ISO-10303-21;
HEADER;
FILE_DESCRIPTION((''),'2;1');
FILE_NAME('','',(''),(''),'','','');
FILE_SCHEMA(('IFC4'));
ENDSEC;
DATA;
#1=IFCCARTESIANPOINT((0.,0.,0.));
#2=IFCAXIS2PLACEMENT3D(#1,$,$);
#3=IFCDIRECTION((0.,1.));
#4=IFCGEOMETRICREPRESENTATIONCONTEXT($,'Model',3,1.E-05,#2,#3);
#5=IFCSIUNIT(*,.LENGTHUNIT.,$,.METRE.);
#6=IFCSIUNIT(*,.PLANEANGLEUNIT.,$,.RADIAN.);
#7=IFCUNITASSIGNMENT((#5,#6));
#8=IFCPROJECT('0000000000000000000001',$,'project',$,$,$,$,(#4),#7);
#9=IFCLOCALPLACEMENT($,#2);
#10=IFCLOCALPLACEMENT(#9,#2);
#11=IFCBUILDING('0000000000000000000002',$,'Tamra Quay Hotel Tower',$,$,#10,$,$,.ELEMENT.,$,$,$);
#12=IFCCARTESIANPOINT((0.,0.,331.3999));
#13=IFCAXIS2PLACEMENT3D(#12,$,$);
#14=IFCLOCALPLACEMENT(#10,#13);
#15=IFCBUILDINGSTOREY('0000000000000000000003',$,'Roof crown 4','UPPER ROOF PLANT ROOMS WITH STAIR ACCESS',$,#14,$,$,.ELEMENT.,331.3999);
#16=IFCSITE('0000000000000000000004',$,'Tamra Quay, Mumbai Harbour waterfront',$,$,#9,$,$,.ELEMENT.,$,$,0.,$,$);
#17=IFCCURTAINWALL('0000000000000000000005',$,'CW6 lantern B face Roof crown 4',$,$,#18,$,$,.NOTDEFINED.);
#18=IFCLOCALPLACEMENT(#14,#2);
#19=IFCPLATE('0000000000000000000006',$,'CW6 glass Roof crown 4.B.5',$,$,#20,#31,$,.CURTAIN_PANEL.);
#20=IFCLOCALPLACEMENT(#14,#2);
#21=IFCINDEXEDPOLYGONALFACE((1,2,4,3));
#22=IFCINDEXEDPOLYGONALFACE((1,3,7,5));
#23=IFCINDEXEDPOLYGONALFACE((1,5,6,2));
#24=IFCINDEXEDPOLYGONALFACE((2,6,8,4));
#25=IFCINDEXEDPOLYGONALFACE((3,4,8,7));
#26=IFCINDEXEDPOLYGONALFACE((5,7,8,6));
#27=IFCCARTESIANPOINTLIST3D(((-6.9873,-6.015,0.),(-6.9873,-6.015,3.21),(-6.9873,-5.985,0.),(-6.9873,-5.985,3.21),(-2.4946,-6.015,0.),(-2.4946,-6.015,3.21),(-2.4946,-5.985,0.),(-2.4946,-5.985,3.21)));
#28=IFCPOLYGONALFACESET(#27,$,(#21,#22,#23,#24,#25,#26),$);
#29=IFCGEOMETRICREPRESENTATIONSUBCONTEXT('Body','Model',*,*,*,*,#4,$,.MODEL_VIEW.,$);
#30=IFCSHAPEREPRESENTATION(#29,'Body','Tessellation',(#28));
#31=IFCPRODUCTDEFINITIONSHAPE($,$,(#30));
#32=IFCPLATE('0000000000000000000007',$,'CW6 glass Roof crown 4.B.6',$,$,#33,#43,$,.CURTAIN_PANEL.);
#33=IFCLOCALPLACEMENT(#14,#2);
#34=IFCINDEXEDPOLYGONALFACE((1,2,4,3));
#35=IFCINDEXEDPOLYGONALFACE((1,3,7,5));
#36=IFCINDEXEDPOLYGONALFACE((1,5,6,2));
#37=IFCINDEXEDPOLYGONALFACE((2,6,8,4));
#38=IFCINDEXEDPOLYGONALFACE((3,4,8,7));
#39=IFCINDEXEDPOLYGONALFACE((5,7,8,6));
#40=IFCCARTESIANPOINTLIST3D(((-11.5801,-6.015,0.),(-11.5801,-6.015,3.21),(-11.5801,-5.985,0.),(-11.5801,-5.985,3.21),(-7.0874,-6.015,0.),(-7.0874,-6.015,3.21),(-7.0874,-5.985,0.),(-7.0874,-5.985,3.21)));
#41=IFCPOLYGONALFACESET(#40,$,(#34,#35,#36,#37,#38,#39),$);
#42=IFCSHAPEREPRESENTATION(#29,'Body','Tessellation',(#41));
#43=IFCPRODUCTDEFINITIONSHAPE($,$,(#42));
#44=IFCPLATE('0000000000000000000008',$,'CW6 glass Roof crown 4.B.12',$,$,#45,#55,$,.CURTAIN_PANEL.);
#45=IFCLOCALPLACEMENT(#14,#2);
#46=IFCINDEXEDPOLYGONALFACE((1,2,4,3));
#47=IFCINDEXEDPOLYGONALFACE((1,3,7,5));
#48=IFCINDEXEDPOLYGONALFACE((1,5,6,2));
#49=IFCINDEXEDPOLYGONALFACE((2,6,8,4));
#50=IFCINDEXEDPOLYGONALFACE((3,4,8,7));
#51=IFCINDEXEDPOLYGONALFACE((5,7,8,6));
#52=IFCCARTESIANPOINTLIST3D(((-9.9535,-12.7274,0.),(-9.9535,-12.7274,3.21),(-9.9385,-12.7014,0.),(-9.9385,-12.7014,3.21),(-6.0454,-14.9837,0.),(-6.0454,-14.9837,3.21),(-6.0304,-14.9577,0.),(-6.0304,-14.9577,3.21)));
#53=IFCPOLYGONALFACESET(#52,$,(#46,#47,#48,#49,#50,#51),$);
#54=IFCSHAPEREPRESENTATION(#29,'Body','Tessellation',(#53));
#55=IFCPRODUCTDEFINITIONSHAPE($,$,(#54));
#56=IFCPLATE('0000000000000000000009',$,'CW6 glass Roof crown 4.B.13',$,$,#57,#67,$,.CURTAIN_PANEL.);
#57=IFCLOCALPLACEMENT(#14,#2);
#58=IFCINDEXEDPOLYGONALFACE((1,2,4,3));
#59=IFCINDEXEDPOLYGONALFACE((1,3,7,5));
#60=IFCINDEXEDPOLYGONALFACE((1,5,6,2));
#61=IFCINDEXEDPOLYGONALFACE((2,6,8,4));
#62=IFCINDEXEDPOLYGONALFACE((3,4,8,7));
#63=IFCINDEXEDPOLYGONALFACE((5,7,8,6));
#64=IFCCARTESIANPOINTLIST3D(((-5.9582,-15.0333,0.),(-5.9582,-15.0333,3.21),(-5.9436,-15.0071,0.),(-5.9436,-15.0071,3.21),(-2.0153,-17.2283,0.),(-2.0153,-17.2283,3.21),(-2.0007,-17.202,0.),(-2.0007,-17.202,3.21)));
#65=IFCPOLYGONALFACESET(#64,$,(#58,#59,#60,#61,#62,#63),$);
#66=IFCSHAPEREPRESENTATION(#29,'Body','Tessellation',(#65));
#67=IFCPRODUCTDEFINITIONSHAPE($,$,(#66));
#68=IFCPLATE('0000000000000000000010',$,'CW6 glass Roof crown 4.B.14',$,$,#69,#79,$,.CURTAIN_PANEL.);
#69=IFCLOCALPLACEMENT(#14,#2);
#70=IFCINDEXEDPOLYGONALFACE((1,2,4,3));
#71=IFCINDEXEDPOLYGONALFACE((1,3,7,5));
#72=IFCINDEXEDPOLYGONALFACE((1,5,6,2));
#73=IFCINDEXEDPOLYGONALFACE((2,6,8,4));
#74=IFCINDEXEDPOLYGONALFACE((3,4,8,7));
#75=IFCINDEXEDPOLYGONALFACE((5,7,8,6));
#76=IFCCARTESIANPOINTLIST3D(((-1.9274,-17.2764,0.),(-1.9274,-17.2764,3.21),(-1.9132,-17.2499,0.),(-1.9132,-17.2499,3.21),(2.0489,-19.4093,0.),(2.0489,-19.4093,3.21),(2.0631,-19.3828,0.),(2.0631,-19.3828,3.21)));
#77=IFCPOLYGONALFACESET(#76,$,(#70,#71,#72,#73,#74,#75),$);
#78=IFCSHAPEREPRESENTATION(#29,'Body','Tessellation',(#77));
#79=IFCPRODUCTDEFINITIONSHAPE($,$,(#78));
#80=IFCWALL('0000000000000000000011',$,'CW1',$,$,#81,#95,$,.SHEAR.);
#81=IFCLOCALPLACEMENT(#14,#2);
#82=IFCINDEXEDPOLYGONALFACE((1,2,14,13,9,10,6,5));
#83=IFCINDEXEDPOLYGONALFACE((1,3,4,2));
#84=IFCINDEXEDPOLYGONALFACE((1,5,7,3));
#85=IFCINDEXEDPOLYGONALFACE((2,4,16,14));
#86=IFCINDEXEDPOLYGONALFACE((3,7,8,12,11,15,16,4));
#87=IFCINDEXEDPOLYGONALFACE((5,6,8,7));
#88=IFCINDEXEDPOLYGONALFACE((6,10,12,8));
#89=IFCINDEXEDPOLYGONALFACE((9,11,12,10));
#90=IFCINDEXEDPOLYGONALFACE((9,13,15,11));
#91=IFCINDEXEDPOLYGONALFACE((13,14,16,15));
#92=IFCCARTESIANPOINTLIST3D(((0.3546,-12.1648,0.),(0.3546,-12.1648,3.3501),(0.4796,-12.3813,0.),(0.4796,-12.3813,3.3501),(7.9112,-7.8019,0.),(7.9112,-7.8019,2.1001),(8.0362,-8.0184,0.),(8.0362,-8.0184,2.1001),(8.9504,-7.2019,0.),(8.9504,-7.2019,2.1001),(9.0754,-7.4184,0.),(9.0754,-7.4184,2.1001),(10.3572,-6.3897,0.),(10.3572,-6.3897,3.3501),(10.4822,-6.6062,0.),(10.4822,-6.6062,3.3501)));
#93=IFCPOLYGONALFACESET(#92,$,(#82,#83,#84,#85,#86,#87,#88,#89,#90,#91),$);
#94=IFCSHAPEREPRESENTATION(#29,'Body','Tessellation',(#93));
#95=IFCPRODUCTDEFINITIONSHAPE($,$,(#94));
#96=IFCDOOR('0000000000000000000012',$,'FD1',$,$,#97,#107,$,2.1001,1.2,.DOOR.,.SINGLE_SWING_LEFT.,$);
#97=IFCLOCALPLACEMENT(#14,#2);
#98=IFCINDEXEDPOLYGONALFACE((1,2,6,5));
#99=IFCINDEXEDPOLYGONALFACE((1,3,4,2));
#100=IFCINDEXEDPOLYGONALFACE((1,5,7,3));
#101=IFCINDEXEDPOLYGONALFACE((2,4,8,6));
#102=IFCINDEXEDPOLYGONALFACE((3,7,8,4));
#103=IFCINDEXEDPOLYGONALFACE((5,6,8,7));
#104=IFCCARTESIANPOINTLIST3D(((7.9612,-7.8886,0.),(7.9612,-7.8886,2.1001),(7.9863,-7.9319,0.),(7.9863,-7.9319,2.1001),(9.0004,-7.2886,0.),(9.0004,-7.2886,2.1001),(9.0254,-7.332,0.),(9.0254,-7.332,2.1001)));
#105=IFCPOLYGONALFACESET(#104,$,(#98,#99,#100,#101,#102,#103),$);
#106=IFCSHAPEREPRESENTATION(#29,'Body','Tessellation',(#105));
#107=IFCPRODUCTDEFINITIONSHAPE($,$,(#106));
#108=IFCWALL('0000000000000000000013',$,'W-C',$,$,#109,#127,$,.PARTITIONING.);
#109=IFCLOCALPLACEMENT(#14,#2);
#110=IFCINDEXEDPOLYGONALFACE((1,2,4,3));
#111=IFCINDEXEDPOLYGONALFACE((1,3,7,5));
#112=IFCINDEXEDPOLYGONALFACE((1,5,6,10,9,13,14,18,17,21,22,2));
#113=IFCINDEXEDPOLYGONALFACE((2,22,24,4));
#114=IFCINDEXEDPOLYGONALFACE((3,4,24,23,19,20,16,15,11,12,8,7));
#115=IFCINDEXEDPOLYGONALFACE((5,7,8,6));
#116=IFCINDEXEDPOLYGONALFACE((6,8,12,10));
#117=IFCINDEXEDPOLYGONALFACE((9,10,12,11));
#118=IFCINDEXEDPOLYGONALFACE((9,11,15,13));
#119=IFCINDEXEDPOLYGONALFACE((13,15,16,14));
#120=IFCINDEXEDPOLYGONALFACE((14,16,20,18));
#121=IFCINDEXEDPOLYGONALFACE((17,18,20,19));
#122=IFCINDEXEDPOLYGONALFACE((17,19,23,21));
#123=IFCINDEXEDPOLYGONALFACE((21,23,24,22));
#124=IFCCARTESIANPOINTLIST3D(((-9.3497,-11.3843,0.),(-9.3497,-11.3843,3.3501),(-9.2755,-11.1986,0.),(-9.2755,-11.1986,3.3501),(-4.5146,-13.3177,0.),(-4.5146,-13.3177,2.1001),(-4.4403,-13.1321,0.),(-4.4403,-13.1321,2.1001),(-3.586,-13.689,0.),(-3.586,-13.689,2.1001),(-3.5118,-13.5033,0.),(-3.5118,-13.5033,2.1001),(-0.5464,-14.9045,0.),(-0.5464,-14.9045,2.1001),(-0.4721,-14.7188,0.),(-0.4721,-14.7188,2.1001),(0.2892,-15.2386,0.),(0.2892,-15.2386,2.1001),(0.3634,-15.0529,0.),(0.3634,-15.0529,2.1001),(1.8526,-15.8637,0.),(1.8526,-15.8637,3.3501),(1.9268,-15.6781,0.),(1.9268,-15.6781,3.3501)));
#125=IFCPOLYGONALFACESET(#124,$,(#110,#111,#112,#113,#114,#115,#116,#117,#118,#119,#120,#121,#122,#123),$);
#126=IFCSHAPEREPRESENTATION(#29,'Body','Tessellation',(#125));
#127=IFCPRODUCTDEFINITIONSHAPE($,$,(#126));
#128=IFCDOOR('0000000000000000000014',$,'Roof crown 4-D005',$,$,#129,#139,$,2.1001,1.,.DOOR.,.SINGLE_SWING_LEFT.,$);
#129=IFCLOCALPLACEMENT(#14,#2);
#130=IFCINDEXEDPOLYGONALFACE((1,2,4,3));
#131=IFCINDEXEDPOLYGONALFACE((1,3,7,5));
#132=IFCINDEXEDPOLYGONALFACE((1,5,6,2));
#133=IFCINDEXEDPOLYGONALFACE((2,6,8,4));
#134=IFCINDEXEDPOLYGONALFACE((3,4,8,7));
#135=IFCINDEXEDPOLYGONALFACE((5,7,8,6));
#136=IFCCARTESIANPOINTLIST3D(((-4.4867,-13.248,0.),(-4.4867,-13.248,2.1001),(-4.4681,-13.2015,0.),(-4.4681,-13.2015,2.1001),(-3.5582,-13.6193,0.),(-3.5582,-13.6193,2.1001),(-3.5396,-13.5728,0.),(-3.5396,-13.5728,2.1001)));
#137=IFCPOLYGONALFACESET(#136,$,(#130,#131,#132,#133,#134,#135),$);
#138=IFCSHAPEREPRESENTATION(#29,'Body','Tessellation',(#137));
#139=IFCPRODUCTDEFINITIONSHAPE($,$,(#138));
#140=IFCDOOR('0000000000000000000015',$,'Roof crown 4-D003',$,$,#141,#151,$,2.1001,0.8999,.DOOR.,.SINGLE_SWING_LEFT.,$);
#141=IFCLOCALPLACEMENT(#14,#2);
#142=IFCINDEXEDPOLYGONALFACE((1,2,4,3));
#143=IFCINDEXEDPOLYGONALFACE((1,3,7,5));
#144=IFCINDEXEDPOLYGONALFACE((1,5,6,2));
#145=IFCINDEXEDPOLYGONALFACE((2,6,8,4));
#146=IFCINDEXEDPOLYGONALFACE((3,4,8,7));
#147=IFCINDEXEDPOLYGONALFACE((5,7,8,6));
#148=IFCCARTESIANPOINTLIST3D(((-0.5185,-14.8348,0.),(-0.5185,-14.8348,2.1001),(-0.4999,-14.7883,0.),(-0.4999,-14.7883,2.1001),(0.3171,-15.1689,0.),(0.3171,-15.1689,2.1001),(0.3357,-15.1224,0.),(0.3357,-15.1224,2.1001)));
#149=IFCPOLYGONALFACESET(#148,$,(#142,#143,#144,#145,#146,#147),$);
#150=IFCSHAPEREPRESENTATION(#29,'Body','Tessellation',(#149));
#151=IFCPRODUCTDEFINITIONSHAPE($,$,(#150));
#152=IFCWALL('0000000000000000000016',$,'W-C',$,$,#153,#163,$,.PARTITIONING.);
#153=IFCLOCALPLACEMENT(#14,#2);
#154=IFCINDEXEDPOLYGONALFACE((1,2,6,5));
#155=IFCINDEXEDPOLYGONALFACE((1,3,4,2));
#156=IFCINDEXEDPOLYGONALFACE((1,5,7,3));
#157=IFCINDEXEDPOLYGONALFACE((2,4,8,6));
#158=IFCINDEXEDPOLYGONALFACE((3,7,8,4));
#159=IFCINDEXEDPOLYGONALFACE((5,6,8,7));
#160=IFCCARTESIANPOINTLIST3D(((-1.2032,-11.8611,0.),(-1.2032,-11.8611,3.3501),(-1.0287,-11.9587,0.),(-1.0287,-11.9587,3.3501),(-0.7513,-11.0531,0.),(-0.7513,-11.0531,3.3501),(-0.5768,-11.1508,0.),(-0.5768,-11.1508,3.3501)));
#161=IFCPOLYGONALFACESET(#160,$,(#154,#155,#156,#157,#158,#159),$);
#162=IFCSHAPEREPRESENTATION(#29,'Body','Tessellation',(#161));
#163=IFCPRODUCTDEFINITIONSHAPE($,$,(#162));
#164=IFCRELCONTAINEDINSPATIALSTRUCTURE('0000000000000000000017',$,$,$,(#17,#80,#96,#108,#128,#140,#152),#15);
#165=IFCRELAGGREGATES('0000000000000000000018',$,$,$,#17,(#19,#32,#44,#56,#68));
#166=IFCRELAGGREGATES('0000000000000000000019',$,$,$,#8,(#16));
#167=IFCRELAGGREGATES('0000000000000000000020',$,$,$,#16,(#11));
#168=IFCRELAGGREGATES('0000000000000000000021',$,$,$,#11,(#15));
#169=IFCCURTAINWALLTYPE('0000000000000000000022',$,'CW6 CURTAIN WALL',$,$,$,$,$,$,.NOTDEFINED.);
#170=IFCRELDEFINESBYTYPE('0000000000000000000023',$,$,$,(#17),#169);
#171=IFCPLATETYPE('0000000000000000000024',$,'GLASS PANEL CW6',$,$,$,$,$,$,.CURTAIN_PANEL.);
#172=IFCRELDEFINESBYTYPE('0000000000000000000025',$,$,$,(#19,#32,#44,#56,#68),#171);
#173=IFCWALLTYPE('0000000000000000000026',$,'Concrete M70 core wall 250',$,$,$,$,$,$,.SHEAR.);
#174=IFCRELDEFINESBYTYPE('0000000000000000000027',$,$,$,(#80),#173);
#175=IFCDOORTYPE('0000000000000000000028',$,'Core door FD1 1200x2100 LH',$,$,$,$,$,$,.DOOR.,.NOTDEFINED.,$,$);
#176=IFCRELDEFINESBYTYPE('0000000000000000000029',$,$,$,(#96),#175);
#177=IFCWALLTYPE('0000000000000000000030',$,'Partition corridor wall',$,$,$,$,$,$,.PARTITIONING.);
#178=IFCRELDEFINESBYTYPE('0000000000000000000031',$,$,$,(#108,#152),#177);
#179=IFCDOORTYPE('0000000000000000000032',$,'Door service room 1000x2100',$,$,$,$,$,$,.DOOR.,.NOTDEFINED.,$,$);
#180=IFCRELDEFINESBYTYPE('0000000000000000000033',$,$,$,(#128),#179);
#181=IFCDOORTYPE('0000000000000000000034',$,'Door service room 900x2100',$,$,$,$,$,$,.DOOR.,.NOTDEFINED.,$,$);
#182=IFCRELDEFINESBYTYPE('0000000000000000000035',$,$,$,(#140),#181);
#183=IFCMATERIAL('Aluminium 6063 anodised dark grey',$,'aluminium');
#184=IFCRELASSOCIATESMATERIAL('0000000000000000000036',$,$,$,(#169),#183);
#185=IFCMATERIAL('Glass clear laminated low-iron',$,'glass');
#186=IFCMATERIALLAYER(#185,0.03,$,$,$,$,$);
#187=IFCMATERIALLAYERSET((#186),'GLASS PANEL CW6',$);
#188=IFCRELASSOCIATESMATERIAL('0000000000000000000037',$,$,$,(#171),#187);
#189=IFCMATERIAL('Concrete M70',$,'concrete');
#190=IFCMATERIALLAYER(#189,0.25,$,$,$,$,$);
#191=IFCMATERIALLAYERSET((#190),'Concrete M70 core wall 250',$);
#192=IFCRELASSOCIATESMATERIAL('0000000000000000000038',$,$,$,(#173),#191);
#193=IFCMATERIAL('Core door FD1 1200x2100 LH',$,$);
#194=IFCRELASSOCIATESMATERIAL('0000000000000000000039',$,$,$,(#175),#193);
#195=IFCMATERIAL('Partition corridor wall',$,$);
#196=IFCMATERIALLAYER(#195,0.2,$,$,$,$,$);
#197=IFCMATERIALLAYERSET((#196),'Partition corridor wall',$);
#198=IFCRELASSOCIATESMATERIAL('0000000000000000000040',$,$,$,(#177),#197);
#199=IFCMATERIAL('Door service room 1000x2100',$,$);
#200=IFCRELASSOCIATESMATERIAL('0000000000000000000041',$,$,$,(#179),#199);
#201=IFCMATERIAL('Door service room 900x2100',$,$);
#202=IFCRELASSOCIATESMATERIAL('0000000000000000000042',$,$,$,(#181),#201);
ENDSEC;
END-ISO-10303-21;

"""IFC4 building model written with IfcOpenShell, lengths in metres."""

from ifc_helpers import new_model, si_unit, direction, frame, frame_2d, origin, origin_2d, place, context, subcontext, project, spatial, rectangle, extrude, material, layer, layer_set, type_object, element, fill, aggregate, save


model = new_model("IFC4")

# Units and contexts
model_context = context("Model", 3, precision=1e-05, world=origin(), true_north=direction((0.0, 1.0)))
body_context = subcontext(model_context, "Body", "Model", "MODEL_VIEW")
ifc_project = project(units=[si_unit("LENGTHUNIT", "METRE"), si_unit("PLANEANGLEUNIT", "RADIAN")], contexts=[model_context])

# Site, building, storey
site_placement = place(None, origin())
site = spatial("IfcSite", under=ifc_project, at=site_placement, Name="Tamra Quay, Mumbai Harbour waterfront", CompositionType="ELEMENT", RefElevation=0.0)
building_placement = place(site_placement, origin())
building = spatial("IfcBuilding", under=site, at=building_placement, Name="Tamra Quay Hotel Tower", CompositionType="ELEMENT")
storey_placement = place(building_placement, frame((0.0, 0.0, 331.3999)))
storey = spatial("IfcBuildingStorey", under=building, at=storey_placement, Name="Roof crown 4", Description="UPPER ROOF PLANT ROOMS WITH STAIR ACCESS", CompositionType="ELEMENT", Elevation=331.3999)

# Curtain wall
ifc_material_1 = material(Name="Aluminium 6063 anodised dark grey", Category="aluminium")
curtain_wall_type = type_object("IfcCurtainWallType", Name="CW6 CURTAIN WALL", PredefinedType="NOTDEFINED", material=ifc_material_1)
curtain_wall_placement = place(storey_placement, origin())
curtain_wall = element("IfcCurtainWall", 1, at=curtain_wall_placement, inside=storey, type_object=curtain_wall_type, Name="CW6 lantern B face Roof crown 4", PredefinedType="NOTDEFINED")

# Plates
ifc_material_2 = material(Name="Glass clear laminated low-iron", Category="glass")
ifc_layer_1 = layer(ifc_material_2, 0.03)
ifc_layer_set_1 = layer_set([ifc_layer_1], Name="GLASS PANEL CW6")
plate_type = type_object("IfcPlateType", Name="GLASS PANEL CW6", PredefinedType="CURTAIN_PANEL", material=ifc_layer_set_1)
plate_1_placement = place(storey_placement, frame((-4.741, -6.0, 0.0), z_axis=(0.0, 0.0, 1.0), x_axis=(-1.0, 0.0, 0.0)))
plate_1 = element("IfcPlate", 2, at=plate_1_placement, type_object=plate_type, Name="CW6 glass Roof crown 4.B.5", PredefinedType="CURTAIN_PANEL", context=body_context, shape_type="SweptSolid", body=[
    extrude(rectangle(XDim=4.4927, YDim=0.03, at=origin_2d()), origin(), (0.0, 0.0, 1.0), 3.21),
])
plate_2_placement = place(storey_placement, frame((-9.3337, -6.0, 0.0), z_axis=(0.0, 0.0, 1.0), x_axis=(-1.0, 0.0, 0.0)))
plate_2 = element("IfcPlate", 3, at=plate_2_placement, type_object=plate_type, Name="CW6 glass Roof crown 4.B.6", PredefinedType="CURTAIN_PANEL", context=body_context, shape_type="SweptSolid", body=[
    extrude(rectangle(XDim=4.4927, YDim=0.03, at=origin_2d()), origin(), (0.0, 0.0, 1.0), 3.21),
])
plate_3_placement = place(storey_placement, frame((-7.9919, -13.8425, 0.0), z_axis=(0.0, 0.0, 1.0), x_axis=(0.866025, -0.5, 0.0)))
plate_3 = element("IfcPlate", 4, at=plate_3_placement, type_object=plate_type, Name="CW6 glass Roof crown 4.B.12", PredefinedType="CURTAIN_PANEL", context=body_context, shape_type="SweptSolid", body=[
    extrude(rectangle(XDim=4.5127, YDim=0.03, at=origin_2d()), origin(), (0.0, 0.0, 1.0), 3.21),
])
plate_4_placement = place(storey_placement, frame((-3.9795, -16.1177, 0.0), z_axis=(0.0, 0.0, 1.0), x_axis=(0.873736, -0.486401, 0.0)))
plate_4 = element("IfcPlate", 5, at=plate_4_placement, type_object=plate_type, Name="CW6 glass Roof crown 4.B.13", PredefinedType="CURTAIN_PANEL", context=body_context, shape_type="SweptSolid", body=[
    extrude(rectangle(XDim=4.5127, YDim=0.03, at=origin_2d()), origin(), (0.0, 0.0, 1.0), 3.21),
])
plate_5_placement = place(storey_placement, frame((0.0679, -18.3296, 0.0), z_axis=(0.0, 0.0, 1.0), x_axis=(0.881224, -0.4727, 0.0)))
plate_5 = element("IfcPlate", 6, at=plate_5_placement, type_object=plate_type, Name="CW6 glass Roof crown 4.B.14", PredefinedType="CURTAIN_PANEL", context=body_context, shape_type="SweptSolid", body=[
    extrude(rectangle(XDim=4.5122, YDim=0.03, at=origin_2d()), origin(), (0.0, 0.0, 1.0), 3.21),
])
aggregate(curtain_wall, [plate_1, plate_2, plate_3, plate_4, plate_5])

# Wall, opening, door
ifc_material_3 = material(Name="Concrete M70", Category="concrete")
ifc_layer_2 = layer(ifc_material_3, 0.25)
ifc_layer_set_2 = layer_set([ifc_layer_2], Name="Concrete M70 core wall 250")
wall_type_1 = type_object("IfcWallType", Name="Concrete M70 core wall 250", PredefinedType="SHEAR", material=ifc_layer_set_2)
wall_1_placement = place(storey_placement, frame((0.4172, -12.2729, 0.0), z_axis=(0.0, 0.0, 1.0), x_axis=(0.866022, 0.500006, 0.0)))
wall_1 = element("IfcWall", 7, at=wall_1_placement, inside=storey, type_object=wall_type_1, Name="CW1", PredefinedType="SHEAR", context=body_context, shape_type="SweptSolid", body=[
    extrude(rectangle(XDim=11.55, YDim=0.25, at=frame_2d((5.7749, 0.0))), origin(), (0.0, 0.0, 1.0), 3.3501),
])
opening_1_placement = place(wall_1_placement, frame((8.7253, 0.0, 0.0)))
opening_1 = element("IfcOpeningElement", 8, at=opening_1_placement, cuts=wall_1, PredefinedType="OPENING", context=body_context, shape_type="SweptSolid", body=[
    extrude(rectangle(XDim=1.2, YDim=2.1001, at=frame_2d((0.6001, 1.05))), frame((0.0, 0.135, 0.0), z_axis=(0.0, -1.0, 0.0), x_axis=(1.0, 0.0, 0.0)), (0.0, 0.0, 1.0), 0.27),
])
ifc_material_4 = material(Name="Core door FD1 1200x2100 LH")
door_type_1 = type_object("IfcDoorType", Name="Core door FD1 1200x2100 LH", OperationType="NOTDEFINED", PredefinedType="DOOR", material=ifc_material_4)
door_1_placement = place(opening_1_placement, origin())
door_1 = element("IfcDoor", 9, at=door_1_placement, inside=storey, type_object=door_type_1, Name="FD1", OperationType="SINGLE_SWING_LEFT", OverallHeight=2.1001, OverallWidth=1.2, PredefinedType="DOOR", context=body_context, shape_type="SweptSolid", body=[
    extrude(rectangle(XDim=1.2, YDim=2.1001, at=frame_2d((0.6001, 1.05))), frame((0.0, 0.0249, 0.0), z_axis=(0.0, -1.0, 0.0), x_axis=(1.0, 0.0, 0.0)), (0.0, 0.0, 1.0), 0.05),
])
fill(opening_1, door_1)

# Wall, openings, doors
ifc_material_5 = material(Name="Partition corridor wall")
ifc_layer_3 = layer(ifc_material_5, 0.2)
ifc_layer_set_3 = layer_set([ifc_layer_3], Name="Partition corridor wall")
wall_type_2 = type_object("IfcWallType", Name="Partition corridor wall", PredefinedType="PARTITIONING", material=ifc_layer_set_3)
wall_2_placement = place(storey_placement, frame((-9.3125, -11.2915, 0.0), z_axis=(0.0, 0.0, 1.0), x_axis=(0.928519, -0.371286, 0.0)))
wall_2 = element("IfcWall", 10, at=wall_2_placement, inside=storey, type_object=wall_type_2, Name="W-C", PredefinedType="PARTITIONING", context=body_context, shape_type="SweptSolid", body=[
    extrude(rectangle(XDim=12.0647, YDim=0.2, at=frame_2d((6.0322, 0.0))), origin(), (0.0, 0.0, 1.0), 3.3501),
])
opening_2_placement = place(wall_2_placement, frame((9.481, 0.0, 0.0)))
opening_2 = element("IfcOpeningElement", 11, at=opening_2_placement, cuts=wall_2, PredefinedType="OPENING", context=body_context, shape_type="SweptSolid", body=[
    extrude(rectangle(XDim=0.8999, YDim=2.1001, at=frame_2d((0.45, 1.05))), frame((0.0, 0.1099, 0.0), z_axis=(0.0, -1.0, 0.0), x_axis=(1.0, 0.0, 0.0)), (0.0, 0.0, 1.0), 0.22),
])
opening_3_placement = place(wall_2_placement, frame((5.2073, 0.0, 0.0)))
opening_3 = element("IfcOpeningElement", 12, at=opening_3_placement, cuts=wall_2, PredefinedType="OPENING", context=body_context, shape_type="SweptSolid", body=[
    extrude(rectangle(XDim=1.0, YDim=2.1001, at=frame_2d((0.5, 1.05))), frame((0.0, 0.1099, 0.0), z_axis=(0.0, -1.0, 0.0), x_axis=(1.0, 0.0, 0.0)), (0.0, 0.0, 1.0), 0.22),
])
ifc_material_6 = material(Name="Door service room 1000x2100")
door_type_2 = type_object("IfcDoorType", Name="Door service room 1000x2100", OperationType="NOTDEFINED", PredefinedType="DOOR", material=ifc_material_6)
door_2_placement = place(opening_3_placement, frame((1.0, 0.0, 0.0), z_axis=(0.0, 0.0, 1.0), x_axis=(-1.0, 0.0, 0.0)))
door_2 = element("IfcDoor", 13, at=door_2_placement, inside=storey, type_object=door_type_2, Name="Roof crown 4-D005", OperationType="SINGLE_SWING_LEFT", OverallHeight=2.1001, OverallWidth=1.0, PredefinedType="DOOR", context=body_context, shape_type="SweptSolid", body=[
    extrude(rectangle(XDim=1.0, YDim=2.1001, at=frame_2d((0.5, 1.05))), frame((0.0, 0.0249, 0.0), z_axis=(0.0, -1.0, 0.0), x_axis=(1.0, 0.0, 0.0)), (0.0, 0.0, 1.0), 0.05),
])
fill(opening_3, door_2)
ifc_material_7 = material(Name="Door service room 900x2100")
door_type_3 = type_object("IfcDoorType", Name="Door service room 900x2100", OperationType="NOTDEFINED", PredefinedType="DOOR", material=ifc_material_7)
door_3_placement = place(opening_2_placement, frame((0.8999, 0.0, 0.0), z_axis=(0.0, 0.0, 1.0), x_axis=(-1.0, 0.0, 0.0)))
door_3 = element("IfcDoor", 14, at=door_3_placement, inside=storey, type_object=door_type_3, Name="Roof crown 4-D003", OperationType="SINGLE_SWING_LEFT", OverallHeight=2.1001, OverallWidth=0.8999, PredefinedType="DOOR", context=body_context, shape_type="SweptSolid", body=[
    extrude(rectangle(XDim=0.8999, YDim=2.1001, at=frame_2d((0.45, 1.05))), frame((0.0, 0.0249, 0.0), z_axis=(0.0, -1.0, 0.0), x_axis=(1.0, 0.0, 0.0)), (0.0, 0.0, 1.0), 0.05),
])
fill(opening_2, door_3)

# Wall
wall_3_placement = place(storey_placement, frame((-1.116, -11.9099, 0.0), z_axis=(0.0, 0.0, 1.0), x_axis=(0.488194, 0.872735, 0.0)))
element("IfcWall", 15, at=wall_3_placement, inside=storey, type_object=wall_type_2, Name="W-C", PredefinedType="PARTITIONING", context=body_context, shape_type="SweptSolid", body=[
    extrude(rectangle(XDim=0.9258, YDim=0.2, at=frame_2d((0.4629, 0.0))), origin(), (0.0, 0.0, 1.0), 3.3501),
])

save(model, "model.ifc")
